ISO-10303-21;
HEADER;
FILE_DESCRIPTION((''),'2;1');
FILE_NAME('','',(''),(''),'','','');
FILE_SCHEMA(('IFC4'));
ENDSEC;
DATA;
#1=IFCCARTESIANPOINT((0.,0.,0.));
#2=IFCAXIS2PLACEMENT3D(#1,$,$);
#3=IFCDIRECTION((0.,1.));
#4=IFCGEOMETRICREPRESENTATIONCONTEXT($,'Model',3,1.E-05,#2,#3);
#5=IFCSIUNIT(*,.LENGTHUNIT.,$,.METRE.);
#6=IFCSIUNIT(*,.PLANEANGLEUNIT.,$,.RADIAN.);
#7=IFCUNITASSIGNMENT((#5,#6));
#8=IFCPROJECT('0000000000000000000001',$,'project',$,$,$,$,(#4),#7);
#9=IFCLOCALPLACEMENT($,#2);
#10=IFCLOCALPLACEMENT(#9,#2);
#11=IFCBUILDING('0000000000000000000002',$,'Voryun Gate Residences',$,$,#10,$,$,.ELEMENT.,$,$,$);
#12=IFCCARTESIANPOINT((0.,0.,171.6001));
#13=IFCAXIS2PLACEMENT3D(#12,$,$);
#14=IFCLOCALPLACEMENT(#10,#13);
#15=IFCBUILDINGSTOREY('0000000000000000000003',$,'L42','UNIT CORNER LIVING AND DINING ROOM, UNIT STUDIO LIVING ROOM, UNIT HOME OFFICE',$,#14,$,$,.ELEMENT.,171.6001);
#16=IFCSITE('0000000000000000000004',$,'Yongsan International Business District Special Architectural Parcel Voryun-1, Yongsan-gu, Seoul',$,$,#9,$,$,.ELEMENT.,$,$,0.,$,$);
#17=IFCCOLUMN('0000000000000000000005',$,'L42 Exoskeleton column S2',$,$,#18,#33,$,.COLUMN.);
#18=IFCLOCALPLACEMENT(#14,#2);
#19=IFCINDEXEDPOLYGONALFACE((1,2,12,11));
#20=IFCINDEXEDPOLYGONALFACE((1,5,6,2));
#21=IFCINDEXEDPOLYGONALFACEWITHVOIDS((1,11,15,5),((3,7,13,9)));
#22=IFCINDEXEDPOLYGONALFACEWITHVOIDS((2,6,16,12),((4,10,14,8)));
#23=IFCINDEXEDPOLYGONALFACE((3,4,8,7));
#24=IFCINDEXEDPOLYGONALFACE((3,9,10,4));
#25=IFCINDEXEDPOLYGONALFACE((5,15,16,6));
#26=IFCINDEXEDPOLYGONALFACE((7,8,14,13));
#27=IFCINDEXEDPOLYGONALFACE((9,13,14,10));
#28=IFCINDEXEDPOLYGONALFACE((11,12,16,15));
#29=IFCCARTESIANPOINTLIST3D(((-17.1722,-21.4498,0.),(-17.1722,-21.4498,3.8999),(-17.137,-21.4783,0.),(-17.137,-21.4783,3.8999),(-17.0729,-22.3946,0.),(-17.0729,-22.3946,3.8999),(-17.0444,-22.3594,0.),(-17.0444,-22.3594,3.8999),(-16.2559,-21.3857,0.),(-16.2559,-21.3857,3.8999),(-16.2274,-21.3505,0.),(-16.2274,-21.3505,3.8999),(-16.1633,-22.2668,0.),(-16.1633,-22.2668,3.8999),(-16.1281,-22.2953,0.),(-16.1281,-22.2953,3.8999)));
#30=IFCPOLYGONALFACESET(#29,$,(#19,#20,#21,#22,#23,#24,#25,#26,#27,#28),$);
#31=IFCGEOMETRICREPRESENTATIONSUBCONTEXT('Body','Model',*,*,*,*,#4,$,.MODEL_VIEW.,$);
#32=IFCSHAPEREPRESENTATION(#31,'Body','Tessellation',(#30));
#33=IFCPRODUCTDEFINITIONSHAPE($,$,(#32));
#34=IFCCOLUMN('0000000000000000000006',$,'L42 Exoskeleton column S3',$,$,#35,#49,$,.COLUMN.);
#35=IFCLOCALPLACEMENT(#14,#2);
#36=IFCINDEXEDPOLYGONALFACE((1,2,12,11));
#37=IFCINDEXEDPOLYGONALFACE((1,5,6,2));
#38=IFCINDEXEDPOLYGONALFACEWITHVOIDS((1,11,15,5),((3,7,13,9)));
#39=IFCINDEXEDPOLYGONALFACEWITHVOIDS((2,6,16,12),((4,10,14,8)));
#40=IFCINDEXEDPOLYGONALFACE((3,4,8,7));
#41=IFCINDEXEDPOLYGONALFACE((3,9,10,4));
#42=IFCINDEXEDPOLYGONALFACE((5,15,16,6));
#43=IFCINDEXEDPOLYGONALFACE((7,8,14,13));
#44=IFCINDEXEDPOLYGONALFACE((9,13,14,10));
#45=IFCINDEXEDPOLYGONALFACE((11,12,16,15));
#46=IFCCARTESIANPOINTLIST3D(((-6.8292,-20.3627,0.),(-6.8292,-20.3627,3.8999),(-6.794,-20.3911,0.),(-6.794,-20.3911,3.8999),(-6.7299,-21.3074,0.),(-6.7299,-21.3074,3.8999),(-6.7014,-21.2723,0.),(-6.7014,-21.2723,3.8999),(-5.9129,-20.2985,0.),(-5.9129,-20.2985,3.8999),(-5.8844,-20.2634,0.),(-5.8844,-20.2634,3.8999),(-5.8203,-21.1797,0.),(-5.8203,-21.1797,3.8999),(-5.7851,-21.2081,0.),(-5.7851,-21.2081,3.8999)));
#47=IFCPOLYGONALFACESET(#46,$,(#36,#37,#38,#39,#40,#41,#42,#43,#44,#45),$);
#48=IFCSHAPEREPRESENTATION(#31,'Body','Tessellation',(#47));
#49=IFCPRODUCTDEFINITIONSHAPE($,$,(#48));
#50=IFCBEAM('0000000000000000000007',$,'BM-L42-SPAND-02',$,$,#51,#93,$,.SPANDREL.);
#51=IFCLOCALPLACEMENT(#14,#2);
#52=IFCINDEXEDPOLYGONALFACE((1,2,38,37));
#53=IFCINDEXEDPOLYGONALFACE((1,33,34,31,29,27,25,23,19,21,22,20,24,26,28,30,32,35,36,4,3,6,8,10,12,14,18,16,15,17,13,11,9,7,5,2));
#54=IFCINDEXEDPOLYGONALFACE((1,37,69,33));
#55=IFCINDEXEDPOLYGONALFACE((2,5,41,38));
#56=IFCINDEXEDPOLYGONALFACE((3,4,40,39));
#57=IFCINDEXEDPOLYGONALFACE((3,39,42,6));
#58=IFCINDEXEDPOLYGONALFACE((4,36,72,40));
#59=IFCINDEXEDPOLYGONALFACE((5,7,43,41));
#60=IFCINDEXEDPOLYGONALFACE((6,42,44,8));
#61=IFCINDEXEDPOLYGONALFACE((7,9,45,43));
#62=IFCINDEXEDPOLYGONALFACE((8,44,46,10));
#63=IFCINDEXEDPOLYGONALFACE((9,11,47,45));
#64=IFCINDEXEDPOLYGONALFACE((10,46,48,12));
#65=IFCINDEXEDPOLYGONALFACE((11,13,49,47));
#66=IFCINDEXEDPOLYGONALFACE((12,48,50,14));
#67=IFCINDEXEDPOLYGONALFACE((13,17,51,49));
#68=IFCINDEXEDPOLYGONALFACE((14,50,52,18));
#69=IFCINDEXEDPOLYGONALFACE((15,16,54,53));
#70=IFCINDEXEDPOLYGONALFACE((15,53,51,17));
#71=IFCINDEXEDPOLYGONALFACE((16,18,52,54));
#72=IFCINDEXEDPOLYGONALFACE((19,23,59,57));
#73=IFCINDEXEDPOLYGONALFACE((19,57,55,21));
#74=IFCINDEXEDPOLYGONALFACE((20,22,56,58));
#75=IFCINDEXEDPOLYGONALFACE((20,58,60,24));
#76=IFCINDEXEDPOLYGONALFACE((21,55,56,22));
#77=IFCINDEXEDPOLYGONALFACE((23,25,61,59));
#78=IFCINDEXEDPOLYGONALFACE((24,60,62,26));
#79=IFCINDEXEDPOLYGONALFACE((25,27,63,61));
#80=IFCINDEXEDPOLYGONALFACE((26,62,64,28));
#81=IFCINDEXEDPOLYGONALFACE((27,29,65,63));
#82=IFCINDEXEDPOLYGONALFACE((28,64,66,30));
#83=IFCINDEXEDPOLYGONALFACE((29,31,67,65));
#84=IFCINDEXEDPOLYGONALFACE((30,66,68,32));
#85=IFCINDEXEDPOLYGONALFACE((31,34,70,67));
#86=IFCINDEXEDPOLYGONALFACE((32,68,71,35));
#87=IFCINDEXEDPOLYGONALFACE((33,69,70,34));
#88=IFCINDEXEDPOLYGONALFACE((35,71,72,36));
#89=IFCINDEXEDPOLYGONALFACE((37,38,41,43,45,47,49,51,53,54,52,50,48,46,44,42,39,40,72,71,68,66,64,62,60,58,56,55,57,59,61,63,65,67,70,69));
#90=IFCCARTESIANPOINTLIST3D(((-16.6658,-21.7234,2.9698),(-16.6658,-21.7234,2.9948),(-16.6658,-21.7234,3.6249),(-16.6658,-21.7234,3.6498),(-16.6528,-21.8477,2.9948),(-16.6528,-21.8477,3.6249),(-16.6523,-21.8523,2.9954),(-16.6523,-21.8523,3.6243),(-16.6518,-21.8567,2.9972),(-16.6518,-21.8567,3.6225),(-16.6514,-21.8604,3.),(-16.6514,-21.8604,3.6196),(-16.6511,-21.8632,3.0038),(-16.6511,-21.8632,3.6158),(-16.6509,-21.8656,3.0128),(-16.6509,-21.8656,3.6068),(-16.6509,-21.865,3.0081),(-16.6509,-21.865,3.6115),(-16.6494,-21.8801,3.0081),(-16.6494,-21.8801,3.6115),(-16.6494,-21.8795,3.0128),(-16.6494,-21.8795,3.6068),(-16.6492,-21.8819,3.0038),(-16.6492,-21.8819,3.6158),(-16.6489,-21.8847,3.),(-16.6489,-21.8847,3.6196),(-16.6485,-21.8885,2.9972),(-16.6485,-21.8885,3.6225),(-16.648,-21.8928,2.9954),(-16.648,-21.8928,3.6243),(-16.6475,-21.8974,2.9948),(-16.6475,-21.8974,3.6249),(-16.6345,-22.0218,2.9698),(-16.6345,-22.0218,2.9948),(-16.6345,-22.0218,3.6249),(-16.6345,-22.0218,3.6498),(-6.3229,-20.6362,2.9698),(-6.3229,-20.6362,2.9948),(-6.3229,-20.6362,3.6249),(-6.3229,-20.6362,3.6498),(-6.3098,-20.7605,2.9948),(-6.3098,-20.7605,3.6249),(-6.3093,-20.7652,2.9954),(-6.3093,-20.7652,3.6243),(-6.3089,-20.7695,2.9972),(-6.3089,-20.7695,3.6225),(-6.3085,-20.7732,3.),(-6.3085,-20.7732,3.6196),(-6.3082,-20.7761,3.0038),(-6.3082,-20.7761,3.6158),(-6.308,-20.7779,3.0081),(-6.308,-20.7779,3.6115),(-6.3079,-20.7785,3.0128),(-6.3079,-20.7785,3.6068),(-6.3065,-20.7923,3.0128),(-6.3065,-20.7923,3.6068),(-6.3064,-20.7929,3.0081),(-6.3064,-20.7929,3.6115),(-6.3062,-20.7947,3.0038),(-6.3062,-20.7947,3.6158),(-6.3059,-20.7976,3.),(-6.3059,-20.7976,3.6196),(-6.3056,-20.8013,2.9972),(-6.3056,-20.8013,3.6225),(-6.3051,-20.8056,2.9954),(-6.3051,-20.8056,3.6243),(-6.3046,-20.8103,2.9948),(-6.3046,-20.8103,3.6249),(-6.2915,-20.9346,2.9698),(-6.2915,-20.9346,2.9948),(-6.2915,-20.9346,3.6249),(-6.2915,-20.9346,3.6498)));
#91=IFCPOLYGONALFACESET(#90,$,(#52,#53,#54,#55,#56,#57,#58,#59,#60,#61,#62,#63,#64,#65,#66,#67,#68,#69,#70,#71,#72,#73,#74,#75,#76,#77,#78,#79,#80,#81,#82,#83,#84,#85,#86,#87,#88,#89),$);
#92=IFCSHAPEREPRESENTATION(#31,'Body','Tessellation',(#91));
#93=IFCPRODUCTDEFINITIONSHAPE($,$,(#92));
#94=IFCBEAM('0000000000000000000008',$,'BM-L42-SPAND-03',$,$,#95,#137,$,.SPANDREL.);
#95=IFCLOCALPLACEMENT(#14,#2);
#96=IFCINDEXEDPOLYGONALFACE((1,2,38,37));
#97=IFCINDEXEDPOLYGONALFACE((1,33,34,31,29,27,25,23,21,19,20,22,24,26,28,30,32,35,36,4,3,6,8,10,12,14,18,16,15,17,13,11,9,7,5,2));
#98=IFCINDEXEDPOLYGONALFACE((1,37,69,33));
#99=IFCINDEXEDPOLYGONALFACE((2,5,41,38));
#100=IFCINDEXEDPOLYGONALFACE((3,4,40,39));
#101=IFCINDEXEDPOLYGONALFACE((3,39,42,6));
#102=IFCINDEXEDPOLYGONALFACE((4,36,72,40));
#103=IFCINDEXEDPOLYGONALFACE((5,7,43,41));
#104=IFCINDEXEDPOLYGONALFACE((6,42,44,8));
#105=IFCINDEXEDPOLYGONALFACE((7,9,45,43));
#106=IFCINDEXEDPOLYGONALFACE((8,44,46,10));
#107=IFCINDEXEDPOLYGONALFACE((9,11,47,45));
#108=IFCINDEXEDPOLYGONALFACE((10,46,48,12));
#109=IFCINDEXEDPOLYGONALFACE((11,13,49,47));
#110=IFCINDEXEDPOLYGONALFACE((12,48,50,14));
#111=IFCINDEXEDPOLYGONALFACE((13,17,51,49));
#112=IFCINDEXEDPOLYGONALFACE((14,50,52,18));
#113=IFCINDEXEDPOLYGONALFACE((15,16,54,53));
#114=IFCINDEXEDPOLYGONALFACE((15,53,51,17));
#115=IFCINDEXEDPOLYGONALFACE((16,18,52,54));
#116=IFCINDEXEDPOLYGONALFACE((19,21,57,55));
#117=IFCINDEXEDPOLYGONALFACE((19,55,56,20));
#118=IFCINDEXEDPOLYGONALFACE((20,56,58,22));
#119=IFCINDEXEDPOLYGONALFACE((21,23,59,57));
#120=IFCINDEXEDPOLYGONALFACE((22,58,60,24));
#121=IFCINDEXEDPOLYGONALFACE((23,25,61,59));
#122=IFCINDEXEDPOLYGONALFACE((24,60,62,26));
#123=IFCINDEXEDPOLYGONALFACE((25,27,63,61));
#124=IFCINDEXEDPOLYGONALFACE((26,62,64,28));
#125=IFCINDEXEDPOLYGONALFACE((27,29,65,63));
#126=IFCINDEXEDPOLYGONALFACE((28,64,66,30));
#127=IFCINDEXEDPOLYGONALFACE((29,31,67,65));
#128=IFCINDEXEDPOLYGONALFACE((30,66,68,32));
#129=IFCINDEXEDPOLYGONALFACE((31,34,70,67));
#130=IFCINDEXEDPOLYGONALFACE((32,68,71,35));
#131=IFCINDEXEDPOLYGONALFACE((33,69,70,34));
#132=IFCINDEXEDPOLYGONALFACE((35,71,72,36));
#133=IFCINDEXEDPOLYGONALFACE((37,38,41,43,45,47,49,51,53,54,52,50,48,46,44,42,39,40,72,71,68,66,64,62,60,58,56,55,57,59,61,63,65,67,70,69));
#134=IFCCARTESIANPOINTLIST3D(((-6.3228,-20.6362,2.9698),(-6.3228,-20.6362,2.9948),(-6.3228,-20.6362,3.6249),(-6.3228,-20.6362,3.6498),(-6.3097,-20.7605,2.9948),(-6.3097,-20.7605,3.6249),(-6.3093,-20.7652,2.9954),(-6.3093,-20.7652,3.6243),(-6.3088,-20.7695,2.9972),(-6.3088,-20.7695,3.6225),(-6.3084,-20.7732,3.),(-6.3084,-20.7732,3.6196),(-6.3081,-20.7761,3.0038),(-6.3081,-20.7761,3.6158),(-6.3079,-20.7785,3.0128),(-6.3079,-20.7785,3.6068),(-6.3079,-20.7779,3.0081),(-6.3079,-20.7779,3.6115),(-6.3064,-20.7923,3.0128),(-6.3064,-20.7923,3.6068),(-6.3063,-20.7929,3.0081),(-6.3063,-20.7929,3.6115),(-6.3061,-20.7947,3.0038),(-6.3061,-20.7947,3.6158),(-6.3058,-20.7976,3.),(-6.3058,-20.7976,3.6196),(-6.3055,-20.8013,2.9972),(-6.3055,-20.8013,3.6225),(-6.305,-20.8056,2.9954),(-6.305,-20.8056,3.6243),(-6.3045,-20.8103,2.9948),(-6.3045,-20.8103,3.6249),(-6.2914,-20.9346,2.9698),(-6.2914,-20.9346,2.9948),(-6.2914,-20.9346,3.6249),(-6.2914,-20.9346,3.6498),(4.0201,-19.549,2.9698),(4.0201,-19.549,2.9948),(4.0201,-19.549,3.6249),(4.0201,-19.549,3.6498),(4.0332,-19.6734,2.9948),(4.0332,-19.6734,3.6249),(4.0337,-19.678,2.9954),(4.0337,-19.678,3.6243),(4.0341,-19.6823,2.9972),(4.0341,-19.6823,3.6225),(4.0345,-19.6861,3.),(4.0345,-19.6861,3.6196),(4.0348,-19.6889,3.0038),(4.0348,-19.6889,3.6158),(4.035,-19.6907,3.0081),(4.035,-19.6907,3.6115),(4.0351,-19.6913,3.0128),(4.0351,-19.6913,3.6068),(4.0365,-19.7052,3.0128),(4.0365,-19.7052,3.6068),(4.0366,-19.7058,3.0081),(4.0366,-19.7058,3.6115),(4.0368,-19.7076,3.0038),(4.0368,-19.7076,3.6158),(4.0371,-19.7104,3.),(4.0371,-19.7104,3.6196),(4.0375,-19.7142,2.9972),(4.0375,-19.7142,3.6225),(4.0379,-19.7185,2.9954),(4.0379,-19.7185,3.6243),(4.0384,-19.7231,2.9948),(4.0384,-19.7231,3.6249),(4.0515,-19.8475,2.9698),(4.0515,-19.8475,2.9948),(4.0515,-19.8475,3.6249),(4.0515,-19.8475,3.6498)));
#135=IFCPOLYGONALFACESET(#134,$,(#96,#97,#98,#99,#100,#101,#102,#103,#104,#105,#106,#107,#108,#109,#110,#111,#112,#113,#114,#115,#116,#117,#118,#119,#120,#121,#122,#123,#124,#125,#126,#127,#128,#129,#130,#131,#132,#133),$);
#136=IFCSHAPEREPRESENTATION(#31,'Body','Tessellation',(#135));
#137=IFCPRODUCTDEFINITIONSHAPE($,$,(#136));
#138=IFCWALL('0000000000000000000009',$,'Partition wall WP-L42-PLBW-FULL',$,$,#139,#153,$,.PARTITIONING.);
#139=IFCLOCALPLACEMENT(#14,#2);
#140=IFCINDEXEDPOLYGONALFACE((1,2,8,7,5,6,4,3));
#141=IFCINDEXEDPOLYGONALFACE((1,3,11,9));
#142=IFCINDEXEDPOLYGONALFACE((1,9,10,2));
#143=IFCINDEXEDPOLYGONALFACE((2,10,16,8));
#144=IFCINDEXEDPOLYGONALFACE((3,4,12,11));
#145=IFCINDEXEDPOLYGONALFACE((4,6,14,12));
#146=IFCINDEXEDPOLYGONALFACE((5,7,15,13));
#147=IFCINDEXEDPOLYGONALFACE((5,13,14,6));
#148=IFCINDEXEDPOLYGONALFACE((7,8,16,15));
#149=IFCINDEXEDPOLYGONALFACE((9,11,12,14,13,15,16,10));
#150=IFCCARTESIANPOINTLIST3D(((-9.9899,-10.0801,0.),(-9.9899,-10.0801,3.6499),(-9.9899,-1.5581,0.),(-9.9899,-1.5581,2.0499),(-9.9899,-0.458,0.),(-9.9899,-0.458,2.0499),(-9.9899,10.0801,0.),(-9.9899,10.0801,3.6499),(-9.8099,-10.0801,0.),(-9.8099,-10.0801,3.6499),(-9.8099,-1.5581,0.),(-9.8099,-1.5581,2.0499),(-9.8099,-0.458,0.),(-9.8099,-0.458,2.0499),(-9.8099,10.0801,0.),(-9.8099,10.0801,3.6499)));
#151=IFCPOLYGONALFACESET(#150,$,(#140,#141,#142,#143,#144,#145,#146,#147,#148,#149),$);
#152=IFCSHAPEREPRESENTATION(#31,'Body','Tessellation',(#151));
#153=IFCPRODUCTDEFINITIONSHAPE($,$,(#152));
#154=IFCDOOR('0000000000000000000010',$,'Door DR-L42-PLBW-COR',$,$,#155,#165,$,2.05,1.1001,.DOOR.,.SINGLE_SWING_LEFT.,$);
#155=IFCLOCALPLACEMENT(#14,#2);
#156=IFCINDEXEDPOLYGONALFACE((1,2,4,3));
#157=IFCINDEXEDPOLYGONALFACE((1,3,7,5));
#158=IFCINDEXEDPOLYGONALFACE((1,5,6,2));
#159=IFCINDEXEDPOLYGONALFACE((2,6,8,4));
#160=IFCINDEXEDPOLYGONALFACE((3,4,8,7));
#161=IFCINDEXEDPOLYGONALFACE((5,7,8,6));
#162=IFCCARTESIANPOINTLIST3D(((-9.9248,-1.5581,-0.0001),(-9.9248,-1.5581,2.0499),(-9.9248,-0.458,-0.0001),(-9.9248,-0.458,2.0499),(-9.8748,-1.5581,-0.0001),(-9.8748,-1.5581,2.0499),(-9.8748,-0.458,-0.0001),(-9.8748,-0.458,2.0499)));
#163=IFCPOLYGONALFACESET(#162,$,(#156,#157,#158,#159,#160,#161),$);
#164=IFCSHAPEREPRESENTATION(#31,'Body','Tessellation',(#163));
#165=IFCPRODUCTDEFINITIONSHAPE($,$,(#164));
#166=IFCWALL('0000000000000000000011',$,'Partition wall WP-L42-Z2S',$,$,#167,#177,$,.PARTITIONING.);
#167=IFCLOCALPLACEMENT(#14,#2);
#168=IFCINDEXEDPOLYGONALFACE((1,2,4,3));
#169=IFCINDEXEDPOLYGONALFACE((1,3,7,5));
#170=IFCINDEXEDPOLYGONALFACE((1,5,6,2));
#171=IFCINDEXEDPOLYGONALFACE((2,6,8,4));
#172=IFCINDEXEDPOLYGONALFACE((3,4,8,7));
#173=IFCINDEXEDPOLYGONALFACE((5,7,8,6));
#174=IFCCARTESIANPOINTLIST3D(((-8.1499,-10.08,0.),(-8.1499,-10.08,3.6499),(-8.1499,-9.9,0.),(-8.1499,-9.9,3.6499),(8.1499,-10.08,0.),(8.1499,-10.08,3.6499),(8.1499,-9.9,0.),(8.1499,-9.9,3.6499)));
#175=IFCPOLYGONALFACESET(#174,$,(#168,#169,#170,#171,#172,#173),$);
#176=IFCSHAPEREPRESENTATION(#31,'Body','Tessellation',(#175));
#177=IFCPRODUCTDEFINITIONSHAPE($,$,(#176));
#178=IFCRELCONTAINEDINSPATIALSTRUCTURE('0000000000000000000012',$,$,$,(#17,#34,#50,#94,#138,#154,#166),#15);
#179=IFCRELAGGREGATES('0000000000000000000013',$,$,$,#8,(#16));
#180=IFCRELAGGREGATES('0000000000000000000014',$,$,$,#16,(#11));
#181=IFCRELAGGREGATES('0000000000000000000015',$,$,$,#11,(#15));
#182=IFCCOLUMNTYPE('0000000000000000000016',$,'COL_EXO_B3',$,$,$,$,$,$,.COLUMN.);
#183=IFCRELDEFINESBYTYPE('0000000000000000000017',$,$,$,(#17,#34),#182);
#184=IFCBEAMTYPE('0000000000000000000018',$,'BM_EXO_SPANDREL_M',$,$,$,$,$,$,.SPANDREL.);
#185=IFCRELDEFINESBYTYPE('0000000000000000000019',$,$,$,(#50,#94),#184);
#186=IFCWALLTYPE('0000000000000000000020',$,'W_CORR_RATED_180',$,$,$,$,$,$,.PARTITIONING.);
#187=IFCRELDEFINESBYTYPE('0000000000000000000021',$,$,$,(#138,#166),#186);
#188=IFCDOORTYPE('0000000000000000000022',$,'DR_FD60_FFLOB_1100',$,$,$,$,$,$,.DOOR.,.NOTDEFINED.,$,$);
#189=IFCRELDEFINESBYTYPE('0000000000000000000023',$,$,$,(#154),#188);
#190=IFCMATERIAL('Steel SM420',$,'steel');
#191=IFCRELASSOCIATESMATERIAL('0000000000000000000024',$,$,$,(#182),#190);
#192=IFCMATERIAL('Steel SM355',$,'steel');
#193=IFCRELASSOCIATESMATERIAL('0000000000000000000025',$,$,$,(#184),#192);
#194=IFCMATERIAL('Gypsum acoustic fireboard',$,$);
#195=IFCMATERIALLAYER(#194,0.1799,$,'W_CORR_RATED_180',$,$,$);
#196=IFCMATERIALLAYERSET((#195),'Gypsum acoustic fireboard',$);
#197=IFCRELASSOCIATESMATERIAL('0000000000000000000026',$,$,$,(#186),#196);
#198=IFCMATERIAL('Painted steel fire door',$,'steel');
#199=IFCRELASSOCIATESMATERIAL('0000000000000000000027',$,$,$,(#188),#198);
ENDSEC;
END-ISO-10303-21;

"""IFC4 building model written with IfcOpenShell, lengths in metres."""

from ifc_helpers import new_model, si_unit, direction, frame, frame_2d, origin, origin_2d, place, context, subcontext, project, spatial, rectangle, hollow_rectangle, i_section, extrude, material, layer, layer_set, material_profile, profile_set, type_object, element, fill, save


model = new_model("IFC4")

# Units and contexts
model_context = context("Model", 3, precision=1e-05, world=origin(), true_north=direction((0.0, 1.0)))
body_context = subcontext(model_context, "Body", "Model", "MODEL_VIEW")
ifc_project = project(units=[si_unit("LENGTHUNIT", "METRE"), si_unit("PLANEANGLEUNIT", "RADIAN")], contexts=[model_context])

# Site, building, storey
site_placement = place(None, origin())
site = spatial("IfcSite", under=ifc_project, at=site_placement, Name="Yongsan International Business District Special Architectural Parcel Voryun-1, Yongsan-gu, Seoul", CompositionType="ELEMENT", RefElevation=0.0)
building_placement = place(site_placement, origin())
building = spatial("IfcBuilding", under=site, at=building_placement, Name="Voryun Gate Residences", CompositionType="ELEMENT")
storey_placement = place(building_placement, frame((0.0, 0.0, 171.6001)))
storey = spatial("IfcBuildingStorey", under=building, at=storey_placement, Name="L42", Description="UNIT CORNER LIVING AND DINING ROOM, UNIT STUDIO LIVING ROOM, UNIT HOME OFFICE", CompositionType="ELEMENT", Elevation=171.6001)

# Columns
ifc_material_1 = material(Name="Steel SM420", Category="steel")
ifc_material_profile_1 = material_profile(ifc_material_1, hollow_rectangle(XDim=0.95, YDim=0.95, WallThickness=0.032, at=origin_2d()), Name="BOX-950x950x32")
ifc_profile_set_1 = profile_set([ifc_material_profile_1], Name="Steel SM420")
column_type = type_object("IfcColumnType", Name="COL_EXO_B3", PredefinedType="COLUMN", material=ifc_profile_set_1)
for number, where, z_axis, x_axis, name in (
    (1, (-16.6501, -21.8726, 0.0), (0.0, 0.0, 1.0), (0.994522, 0.104528, 0.0), "L42 Exoskeleton column S2"),
    (2, (-6.3071, -20.7854, 0.0), (0.0, 0.0, 1.0), (0.994522, 0.104528, 0.0), "L42 Exoskeleton column S3"),
):
    element("IfcColumn", number, at=place(storey_placement, frame(where, z_axis=z_axis, x_axis=x_axis)), inside=storey, type_object=column_type, Name=name, PredefinedType="COLUMN", context=body_context, shape_type="SweptSolid", body=[
        extrude(hollow_rectangle(XDim=0.95, YDim=0.95, WallThickness=0.032, at=origin_2d()), origin(), (0.0, 0.0, 1.0), 3.8999),
    ])

# Beams
ifc_material_2 = material(Name="Steel SM355", Category="steel")
ifc_material_profile_2 = material_profile(ifc_material_2, i_section(OverallWidth=0.3, OverallDepth=0.6799, WebThickness=0.0139, FlangeThickness=0.0249, FilletRadius=0.0181, at=origin_2d()), Name="H-680x300x14x25")
ifc_profile_set_2 = profile_set([ifc_material_profile_2], Name="Steel SM355")
beam_type = type_object("IfcBeamType", Name="BM_EXO_SPANDREL_M", PredefinedType="SPANDREL", material=ifc_profile_set_2)
for number, where, z_axis, x_axis, name in (
    (3, (-16.6501, -21.8726, 3.3098), (0.994521, 0.104534, 0.0), (-0.104534, 0.994521, 0.0), "BM-L42-SPAND-02"),
    (4, (-6.3071, -20.7854, 3.3098), (0.994521, 0.104534, 0.0), (-0.104534, 0.994521, 0.0), "BM-L42-SPAND-03"),
):
    element("IfcBeam", number, at=place(storey_placement, frame(where, z_axis=z_axis, x_axis=x_axis)), inside=storey, type_object=beam_type, Name=name, PredefinedType="SPANDREL", context=body_context, shape_type="SweptSolid", body=[
        extrude(i_section(OverallWidth=0.3, OverallDepth=0.6799, WebThickness=0.0139, FlangeThickness=0.0249, FilletRadius=0.0181, at=origin_2d()), origin(), (0.0, 0.0, 1.0), 10.3999),
    ])

# Wall, opening, door
ifc_material_3 = material(Name="Gypsum acoustic fireboard")
ifc_layer_1 = layer(ifc_material_3, 0.1799, Name="W_CORR_RATED_180")
ifc_layer_set_1 = layer_set([ifc_layer_1], Name="Gypsum acoustic fireboard")
wall_type_1 = type_object("IfcWallType", Name="W_CORR_RATED_180", PredefinedType="PARTITIONING", material=ifc_layer_set_1)
wall_1_placement = place(storey_placement, frame((-9.8999, -10.0801, 0.0), z_axis=(0.0, 0.0, 1.0), x_axis=(0.0, 1.0, 0.0)))
wall_1 = element("IfcWall", 5, at=wall_1_placement, inside=storey, type_object=wall_type_1, Name="Partition wall WP-L42-PLBW-FULL", PredefinedType="PARTITIONING", context=body_context, shape_type="SweptSolid", body=[
    extrude(rectangle(XDim=20.1602, YDim=0.1799, at=frame_2d((10.0801, 0.0))), origin(), (0.0, 0.0, 1.0), 3.6499),
])
opening_1_placement = place(wall_1_placement, frame((8.522, 0.0, 0.0)))
opening_1 = element("IfcOpeningElement", 6, at=opening_1_placement, cuts=wall_1, PredefinedType="OPENING", context=body_context, shape_type="SweptSolid", body=[
    extrude(rectangle(XDim=1.1001, YDim=2.05, at=frame_2d((0.55, 1.0249))), frame((0.0, 0.0999, 0.0), z_axis=(0.0, -1.0, 0.0), x_axis=(1.0, 0.0, 0.0)), (0.0, 0.0, 1.0), 0.2),
])
ifc_material_4 = material(Name="Painted steel fire door", Category="steel")
door_type_1 = type_object("IfcDoorType", Name="DR_FD60_FFLOB_1100", OperationType="NOTDEFINED", PredefinedType="DOOR", material=ifc_material_4)
door_1_placement = place(opening_1_placement, origin())
door_1 = element("IfcDoor", 7, at=door_1_placement, inside=storey, type_object=door_type_1, Name="Door DR-L42-PLBW-COR", OperationType="SINGLE_SWING_LEFT", OverallHeight=2.05, OverallWidth=1.1001, PredefinedType="DOOR", context=body_context, shape_type="SweptSolid", body=[
    extrude(rectangle(XDim=1.1001, YDim=2.05, at=frame_2d((0.55, 1.0249))), frame((0.0, 0.0249, 0.0), z_axis=(0.0, -1.0, 0.0), x_axis=(1.0, 0.0, 0.0)), (0.0, 0.0, 1.0), 0.05),
])
fill(opening_1, door_1)

# Wall
wall_2_placement = place(storey_placement, frame((-8.1499, -9.99, 0.0), z_axis=(0.0, 0.0, 1.0), x_axis=(1.0, 0.0, 0.0)))
element("IfcWall", 8, at=wall_2_placement, inside=storey, type_object=wall_type_1, Name="Partition wall WP-L42-Z2S", PredefinedType="PARTITIONING", context=body_context, shape_type="SweptSolid", body=[
    extrude(rectangle(XDim=16.2998, YDim=0.1799, at=frame_2d((8.1499, 0.0))), origin(), (0.0, 0.0, 1.0), 3.6499),
])

save(model, "model.ifc")
